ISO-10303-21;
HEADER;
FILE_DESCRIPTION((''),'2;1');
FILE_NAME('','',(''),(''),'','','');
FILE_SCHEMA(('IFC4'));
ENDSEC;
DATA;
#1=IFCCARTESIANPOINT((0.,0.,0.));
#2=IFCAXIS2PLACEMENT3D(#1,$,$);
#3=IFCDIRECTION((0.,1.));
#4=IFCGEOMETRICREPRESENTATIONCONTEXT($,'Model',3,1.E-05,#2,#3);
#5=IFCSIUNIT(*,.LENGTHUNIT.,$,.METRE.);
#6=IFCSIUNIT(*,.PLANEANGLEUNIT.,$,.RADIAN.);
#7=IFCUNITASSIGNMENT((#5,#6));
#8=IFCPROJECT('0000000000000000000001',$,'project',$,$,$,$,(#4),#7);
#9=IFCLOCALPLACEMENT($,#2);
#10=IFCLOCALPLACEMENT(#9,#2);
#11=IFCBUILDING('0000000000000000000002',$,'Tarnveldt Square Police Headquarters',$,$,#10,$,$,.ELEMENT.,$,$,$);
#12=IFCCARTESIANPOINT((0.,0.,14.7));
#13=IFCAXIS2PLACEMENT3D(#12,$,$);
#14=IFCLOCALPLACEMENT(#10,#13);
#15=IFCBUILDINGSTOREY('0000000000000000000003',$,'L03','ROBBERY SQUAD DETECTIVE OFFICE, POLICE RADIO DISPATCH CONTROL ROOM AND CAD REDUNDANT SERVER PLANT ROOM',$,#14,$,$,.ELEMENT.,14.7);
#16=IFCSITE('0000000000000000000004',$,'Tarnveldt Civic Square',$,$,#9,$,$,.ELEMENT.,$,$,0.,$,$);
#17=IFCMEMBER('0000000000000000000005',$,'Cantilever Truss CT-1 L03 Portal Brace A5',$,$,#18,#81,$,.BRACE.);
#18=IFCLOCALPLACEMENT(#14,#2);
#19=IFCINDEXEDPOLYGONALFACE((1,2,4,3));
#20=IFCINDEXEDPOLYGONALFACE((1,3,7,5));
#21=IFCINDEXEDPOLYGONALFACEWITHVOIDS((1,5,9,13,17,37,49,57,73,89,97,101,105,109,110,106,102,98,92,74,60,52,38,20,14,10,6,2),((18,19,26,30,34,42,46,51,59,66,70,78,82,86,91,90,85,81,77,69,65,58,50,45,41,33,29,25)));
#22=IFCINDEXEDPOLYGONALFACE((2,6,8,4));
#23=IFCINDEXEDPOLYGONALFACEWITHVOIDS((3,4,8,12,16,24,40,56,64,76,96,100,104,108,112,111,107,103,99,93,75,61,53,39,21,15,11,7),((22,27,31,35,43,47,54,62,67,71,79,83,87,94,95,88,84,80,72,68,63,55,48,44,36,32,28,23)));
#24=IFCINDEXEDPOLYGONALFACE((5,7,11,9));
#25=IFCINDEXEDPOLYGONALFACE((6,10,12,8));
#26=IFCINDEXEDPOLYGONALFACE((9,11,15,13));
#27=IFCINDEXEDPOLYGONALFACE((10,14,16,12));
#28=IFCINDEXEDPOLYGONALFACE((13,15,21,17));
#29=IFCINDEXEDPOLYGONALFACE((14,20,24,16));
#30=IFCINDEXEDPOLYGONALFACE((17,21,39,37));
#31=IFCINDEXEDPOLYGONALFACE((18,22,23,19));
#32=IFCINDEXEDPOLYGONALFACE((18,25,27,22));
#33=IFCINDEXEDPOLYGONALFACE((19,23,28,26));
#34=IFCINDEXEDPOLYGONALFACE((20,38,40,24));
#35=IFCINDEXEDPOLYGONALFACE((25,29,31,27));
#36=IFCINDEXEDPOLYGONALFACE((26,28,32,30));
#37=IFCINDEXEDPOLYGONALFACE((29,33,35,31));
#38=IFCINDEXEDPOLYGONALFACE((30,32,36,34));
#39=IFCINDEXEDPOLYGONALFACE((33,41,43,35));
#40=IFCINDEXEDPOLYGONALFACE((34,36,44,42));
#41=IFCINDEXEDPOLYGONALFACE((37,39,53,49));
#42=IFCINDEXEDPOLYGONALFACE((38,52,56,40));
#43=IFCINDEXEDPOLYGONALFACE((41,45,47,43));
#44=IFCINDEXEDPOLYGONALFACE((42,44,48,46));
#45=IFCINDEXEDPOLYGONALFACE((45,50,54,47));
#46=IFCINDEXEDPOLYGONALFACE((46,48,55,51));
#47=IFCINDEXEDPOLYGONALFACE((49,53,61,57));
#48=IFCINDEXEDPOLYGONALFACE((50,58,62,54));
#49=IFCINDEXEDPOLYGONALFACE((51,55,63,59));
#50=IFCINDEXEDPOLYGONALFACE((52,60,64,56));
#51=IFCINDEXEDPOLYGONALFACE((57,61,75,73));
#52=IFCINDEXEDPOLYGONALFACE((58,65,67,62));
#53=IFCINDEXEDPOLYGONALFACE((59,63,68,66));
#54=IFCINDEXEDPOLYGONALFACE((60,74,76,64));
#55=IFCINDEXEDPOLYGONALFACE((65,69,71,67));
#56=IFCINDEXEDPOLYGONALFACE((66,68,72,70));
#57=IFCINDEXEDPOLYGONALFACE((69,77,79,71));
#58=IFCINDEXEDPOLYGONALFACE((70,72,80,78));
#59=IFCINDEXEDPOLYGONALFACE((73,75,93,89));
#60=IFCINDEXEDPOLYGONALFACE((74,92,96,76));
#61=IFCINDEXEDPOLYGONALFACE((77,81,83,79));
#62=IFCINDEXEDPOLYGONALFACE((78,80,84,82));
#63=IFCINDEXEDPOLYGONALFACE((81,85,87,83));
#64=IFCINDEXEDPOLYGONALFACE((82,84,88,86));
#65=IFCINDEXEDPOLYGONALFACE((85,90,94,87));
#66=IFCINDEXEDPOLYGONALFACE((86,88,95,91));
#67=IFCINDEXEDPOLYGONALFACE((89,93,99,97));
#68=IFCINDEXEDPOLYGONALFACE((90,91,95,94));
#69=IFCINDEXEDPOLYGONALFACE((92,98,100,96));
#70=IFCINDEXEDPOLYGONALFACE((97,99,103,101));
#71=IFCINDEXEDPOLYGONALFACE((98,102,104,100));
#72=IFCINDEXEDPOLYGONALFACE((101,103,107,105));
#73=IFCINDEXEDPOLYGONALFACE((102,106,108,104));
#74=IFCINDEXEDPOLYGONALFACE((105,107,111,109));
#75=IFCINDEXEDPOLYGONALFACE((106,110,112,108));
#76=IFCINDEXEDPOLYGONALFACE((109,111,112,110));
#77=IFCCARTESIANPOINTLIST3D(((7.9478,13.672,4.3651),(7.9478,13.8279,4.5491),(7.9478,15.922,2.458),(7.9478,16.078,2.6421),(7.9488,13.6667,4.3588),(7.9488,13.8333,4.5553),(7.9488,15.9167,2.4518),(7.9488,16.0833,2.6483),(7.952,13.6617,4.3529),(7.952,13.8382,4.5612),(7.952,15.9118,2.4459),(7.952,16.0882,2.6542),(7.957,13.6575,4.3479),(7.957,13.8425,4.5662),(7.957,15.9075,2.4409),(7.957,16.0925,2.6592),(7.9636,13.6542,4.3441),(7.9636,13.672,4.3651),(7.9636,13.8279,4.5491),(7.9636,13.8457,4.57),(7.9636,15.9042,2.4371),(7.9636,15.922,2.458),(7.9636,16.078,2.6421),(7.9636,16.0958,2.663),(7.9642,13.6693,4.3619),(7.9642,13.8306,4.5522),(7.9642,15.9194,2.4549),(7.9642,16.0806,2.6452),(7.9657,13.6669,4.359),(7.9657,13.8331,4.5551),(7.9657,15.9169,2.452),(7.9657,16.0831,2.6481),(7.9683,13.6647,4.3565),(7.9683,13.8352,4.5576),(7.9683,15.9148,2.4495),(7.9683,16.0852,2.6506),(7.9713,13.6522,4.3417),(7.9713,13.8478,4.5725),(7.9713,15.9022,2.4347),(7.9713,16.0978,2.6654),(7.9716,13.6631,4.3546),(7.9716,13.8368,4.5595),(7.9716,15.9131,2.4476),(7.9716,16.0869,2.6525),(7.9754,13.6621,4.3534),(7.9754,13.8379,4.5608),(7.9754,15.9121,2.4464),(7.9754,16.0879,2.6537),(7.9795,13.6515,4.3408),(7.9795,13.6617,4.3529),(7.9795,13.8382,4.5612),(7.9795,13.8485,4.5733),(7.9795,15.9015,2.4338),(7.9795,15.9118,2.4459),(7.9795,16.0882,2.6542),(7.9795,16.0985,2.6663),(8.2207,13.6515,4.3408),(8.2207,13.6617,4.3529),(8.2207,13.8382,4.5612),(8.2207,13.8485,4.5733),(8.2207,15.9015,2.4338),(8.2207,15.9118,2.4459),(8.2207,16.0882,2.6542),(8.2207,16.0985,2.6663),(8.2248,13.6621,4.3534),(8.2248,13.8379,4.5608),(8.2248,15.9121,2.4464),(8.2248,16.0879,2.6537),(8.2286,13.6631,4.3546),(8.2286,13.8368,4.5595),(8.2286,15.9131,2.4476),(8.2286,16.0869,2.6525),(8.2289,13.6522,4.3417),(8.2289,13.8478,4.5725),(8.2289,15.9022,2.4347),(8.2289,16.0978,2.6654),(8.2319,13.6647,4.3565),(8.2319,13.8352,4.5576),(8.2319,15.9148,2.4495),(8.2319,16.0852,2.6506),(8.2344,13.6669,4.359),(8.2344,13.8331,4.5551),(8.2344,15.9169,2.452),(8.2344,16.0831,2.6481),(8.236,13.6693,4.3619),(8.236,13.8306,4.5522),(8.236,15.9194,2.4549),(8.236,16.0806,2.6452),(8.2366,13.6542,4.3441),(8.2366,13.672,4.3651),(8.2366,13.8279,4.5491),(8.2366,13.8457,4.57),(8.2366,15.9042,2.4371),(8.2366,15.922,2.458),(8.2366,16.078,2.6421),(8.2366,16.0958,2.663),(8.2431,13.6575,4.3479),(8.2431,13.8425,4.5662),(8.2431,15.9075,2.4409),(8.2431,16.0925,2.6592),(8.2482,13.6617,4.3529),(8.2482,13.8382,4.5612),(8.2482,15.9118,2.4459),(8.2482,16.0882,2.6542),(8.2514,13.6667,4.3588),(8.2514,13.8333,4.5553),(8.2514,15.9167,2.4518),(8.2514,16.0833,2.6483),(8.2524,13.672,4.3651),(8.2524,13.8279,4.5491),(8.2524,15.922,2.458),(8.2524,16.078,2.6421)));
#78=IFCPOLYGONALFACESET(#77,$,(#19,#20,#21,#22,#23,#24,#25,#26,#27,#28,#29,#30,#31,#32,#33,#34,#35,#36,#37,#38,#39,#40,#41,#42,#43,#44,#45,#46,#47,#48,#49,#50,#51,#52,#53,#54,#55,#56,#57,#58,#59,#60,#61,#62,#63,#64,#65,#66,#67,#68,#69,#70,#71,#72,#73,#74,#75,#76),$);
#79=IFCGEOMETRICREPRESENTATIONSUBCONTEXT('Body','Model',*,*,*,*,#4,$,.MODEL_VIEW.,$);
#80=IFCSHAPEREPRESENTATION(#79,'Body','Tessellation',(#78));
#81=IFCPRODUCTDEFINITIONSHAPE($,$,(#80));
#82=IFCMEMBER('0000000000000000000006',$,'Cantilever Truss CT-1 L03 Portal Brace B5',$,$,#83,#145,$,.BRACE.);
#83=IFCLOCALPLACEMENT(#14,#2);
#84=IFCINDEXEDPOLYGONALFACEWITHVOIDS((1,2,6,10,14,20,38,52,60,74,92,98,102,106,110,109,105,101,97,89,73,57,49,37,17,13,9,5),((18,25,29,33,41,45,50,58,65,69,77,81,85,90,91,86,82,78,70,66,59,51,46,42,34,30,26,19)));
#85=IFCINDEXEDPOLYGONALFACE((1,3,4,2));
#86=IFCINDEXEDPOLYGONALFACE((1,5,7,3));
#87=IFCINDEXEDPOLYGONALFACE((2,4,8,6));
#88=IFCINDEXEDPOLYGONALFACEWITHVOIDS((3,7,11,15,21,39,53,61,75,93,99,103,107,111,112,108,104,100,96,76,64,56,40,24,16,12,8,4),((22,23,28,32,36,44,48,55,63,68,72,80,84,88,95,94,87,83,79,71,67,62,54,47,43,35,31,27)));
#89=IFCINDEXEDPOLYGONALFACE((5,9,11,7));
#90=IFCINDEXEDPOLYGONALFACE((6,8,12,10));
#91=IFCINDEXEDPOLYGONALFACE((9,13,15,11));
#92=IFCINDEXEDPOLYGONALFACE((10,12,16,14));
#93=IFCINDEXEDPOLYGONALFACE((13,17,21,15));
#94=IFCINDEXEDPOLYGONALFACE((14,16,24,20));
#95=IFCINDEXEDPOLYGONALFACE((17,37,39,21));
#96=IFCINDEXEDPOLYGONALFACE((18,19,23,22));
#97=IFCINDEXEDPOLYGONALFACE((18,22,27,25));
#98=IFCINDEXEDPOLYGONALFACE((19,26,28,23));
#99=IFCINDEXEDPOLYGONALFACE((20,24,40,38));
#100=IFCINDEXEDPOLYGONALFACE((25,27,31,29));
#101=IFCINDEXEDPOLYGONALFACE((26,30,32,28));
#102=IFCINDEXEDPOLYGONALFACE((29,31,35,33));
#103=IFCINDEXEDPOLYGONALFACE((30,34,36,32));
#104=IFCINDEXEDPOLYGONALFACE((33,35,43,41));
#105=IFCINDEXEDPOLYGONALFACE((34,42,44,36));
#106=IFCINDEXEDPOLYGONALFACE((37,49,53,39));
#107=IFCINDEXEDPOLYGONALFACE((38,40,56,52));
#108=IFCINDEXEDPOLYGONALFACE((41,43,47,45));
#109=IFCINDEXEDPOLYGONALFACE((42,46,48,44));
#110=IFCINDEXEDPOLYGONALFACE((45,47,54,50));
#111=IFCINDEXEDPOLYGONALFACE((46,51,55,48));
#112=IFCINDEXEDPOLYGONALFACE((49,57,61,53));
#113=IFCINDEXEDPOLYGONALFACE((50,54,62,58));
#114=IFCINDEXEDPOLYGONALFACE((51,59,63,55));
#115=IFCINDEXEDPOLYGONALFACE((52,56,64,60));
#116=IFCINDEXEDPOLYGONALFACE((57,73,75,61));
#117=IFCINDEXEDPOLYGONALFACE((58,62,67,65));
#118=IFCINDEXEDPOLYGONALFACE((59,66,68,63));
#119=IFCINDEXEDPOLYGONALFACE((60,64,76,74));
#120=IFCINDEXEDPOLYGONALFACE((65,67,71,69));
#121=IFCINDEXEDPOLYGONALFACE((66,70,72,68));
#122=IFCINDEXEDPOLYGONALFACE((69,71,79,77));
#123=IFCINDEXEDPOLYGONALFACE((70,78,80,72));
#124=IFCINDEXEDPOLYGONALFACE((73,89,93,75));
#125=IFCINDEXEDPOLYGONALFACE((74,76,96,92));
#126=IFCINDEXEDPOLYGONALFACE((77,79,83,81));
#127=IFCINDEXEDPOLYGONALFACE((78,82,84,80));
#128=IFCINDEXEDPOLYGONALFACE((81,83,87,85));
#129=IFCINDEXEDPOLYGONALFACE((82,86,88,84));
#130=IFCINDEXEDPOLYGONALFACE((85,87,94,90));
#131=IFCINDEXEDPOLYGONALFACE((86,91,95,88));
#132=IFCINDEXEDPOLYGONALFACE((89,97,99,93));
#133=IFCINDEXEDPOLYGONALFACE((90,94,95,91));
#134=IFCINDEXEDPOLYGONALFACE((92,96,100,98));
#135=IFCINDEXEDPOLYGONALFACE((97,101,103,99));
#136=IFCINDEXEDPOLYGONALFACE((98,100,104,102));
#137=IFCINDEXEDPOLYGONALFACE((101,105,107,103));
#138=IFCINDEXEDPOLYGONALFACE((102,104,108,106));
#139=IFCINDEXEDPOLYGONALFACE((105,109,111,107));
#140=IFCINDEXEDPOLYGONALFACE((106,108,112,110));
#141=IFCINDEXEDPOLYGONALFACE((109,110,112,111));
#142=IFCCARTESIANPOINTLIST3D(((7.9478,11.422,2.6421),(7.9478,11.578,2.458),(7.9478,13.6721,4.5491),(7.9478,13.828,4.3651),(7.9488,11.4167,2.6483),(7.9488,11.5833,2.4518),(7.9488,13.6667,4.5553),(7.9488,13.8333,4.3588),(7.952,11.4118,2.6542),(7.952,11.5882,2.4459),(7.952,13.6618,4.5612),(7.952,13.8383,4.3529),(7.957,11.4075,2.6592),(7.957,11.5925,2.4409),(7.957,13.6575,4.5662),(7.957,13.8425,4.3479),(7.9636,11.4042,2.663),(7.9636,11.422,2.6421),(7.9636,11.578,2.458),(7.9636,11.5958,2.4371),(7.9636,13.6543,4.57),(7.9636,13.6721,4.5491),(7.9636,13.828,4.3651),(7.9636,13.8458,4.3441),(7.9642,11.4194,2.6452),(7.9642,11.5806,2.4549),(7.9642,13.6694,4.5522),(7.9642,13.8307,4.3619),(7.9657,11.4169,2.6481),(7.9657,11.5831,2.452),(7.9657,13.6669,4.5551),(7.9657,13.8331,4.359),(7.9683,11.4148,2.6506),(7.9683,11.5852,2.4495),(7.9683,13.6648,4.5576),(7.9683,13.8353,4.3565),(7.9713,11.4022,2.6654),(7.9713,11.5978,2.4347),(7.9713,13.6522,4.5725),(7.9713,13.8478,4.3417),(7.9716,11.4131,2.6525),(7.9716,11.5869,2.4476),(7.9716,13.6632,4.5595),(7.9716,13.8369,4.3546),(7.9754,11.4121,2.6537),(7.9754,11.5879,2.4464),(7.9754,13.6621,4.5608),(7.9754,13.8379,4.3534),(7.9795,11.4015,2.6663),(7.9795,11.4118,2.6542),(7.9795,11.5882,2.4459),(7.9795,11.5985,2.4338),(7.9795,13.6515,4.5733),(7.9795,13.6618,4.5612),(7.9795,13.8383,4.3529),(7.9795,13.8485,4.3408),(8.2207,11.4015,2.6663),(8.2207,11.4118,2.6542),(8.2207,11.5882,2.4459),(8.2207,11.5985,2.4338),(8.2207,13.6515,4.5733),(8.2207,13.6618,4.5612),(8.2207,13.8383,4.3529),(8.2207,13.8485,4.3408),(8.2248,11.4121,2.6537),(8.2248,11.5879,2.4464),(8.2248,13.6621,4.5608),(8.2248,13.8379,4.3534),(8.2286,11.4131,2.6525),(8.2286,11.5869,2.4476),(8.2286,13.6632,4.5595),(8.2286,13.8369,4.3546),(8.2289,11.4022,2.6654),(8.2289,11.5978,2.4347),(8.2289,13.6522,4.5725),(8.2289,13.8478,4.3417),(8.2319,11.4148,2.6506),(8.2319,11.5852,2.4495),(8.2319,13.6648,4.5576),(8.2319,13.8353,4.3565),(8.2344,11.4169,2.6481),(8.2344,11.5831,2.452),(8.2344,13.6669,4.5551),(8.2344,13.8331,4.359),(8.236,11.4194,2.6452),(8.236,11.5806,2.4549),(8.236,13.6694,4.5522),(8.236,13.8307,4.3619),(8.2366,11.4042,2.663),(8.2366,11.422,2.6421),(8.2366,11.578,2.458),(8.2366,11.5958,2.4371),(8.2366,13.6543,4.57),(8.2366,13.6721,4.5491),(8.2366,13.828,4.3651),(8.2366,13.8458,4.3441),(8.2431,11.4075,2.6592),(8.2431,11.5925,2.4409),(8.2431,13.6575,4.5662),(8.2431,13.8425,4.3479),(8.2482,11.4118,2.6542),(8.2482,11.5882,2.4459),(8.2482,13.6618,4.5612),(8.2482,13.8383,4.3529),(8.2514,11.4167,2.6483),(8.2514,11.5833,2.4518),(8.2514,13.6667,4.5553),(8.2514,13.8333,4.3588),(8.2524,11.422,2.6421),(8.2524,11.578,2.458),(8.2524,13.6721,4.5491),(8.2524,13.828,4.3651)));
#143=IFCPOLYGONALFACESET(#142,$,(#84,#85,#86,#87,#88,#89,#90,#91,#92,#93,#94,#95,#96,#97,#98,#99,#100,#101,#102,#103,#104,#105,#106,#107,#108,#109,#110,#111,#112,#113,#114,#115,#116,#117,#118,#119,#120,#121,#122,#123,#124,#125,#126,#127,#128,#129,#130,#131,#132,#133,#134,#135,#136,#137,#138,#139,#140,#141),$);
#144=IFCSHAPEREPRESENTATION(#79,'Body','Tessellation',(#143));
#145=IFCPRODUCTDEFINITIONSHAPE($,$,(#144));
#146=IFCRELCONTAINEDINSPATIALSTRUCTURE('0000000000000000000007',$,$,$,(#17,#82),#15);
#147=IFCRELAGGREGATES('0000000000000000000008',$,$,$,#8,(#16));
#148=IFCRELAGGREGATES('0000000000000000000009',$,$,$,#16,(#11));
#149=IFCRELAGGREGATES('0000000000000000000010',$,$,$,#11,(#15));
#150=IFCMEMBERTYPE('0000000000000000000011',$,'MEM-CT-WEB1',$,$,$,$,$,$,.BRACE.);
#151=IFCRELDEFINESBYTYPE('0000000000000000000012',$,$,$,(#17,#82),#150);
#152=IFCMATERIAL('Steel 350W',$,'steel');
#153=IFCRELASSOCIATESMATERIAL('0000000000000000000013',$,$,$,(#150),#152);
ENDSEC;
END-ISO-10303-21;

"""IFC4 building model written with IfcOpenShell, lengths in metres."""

from ifc_helpers import new_model, si_unit, direction, frame, origin, origin_2d, place, context, subcontext, project, spatial, hollow_rectangle, extrude, material, material_profile, profile_set, type_object, element, save


model = new_model("IFC4")

# Units and contexts
model_context = context("Model", 3, precision=1e-05, world=origin(), true_north=direction((0.0, 1.0)))
body_context = subcontext(model_context, "Body", "Model", "MODEL_VIEW")
ifc_project = project(units=[si_unit("LENGTHUNIT", "METRE"), si_unit("PLANEANGLEUNIT", "RADIAN")], contexts=[model_context])

# Site, building, storey
site_placement = place(None, origin())
site = spatial("IfcSite", under=ifc_project, at=site_placement, Name="Tarnveldt Civic Square", CompositionType="ELEMENT", RefElevation=0.0)
building_placement = place(site_placement, origin())
building = spatial("IfcBuilding", under=site, at=building_placement, Name="Tarnveldt Square Police Headquarters", CompositionType="ELEMENT")
storey_placement = place(building_placement, frame((0.0, 0.0, 14.7)))
storey = spatial("IfcBuildingStorey", under=building, at=storey_placement, Name="L03", Description="ROBBERY SQUAD DETECTIVE OFFICE, POLICE RADIO DISPATCH CONTROL ROOM AND CAD REDUNDANT SERVER PLANT ROOM", CompositionType="ELEMENT", Elevation=14.7)

# Shared definitions
ifc_material_1 = material(Name="Steel 350W", Category="steel")

# Members
ifc_material_profile_1 = material_profile(ifc_material_1, hollow_rectangle(XDim=0.3047, YDim=0.3047, WallThickness=0.0159, InnerFilletRadius=0.0159, OuterFilletRadius=0.0317, at=origin_2d()), Name="HSS305x305x16")
ifc_profile_set_1 = profile_set([ifc_material_profile_1], Name="Steel 350W")
member_type_1 = type_object("IfcMemberType", Name="MEM-CT-WEB1", PredefinedType="BRACE", material=ifc_profile_set_1)
for number, where, z_axis, x_axis, name in (
    (1, (8.1001, 16.0, 2.55), (0.0, -0.762862, 0.646562), (1.0, 0.0, 0.0), "Cantilever Truss CT-1 L03 Portal Brace A5"),
    (2, (8.1001, 11.5, 2.55), (0.0, 0.762862, 0.646562), (-1.0, 0.0, 0.0), "Cantilever Truss CT-1 L03 Portal Brace B5"),
):
    element("IfcMember", number, at=place(storey_placement, frame(where, z_axis=z_axis, x_axis=x_axis)), inside=storey, type_object=member_type_1, Name=name, PredefinedType="BRACE", context=body_context, shape_type="SweptSolid", body=[
        extrude(hollow_rectangle(XDim=0.3047, YDim=0.3047, WallThickness=0.0159, InnerFilletRadius=0.0159, OuterFilletRadius=0.0317, at=origin_2d()), origin(), (0.0, 0.0, 1.0), 2.9495),
    ])

save(model, "model.ifc")
